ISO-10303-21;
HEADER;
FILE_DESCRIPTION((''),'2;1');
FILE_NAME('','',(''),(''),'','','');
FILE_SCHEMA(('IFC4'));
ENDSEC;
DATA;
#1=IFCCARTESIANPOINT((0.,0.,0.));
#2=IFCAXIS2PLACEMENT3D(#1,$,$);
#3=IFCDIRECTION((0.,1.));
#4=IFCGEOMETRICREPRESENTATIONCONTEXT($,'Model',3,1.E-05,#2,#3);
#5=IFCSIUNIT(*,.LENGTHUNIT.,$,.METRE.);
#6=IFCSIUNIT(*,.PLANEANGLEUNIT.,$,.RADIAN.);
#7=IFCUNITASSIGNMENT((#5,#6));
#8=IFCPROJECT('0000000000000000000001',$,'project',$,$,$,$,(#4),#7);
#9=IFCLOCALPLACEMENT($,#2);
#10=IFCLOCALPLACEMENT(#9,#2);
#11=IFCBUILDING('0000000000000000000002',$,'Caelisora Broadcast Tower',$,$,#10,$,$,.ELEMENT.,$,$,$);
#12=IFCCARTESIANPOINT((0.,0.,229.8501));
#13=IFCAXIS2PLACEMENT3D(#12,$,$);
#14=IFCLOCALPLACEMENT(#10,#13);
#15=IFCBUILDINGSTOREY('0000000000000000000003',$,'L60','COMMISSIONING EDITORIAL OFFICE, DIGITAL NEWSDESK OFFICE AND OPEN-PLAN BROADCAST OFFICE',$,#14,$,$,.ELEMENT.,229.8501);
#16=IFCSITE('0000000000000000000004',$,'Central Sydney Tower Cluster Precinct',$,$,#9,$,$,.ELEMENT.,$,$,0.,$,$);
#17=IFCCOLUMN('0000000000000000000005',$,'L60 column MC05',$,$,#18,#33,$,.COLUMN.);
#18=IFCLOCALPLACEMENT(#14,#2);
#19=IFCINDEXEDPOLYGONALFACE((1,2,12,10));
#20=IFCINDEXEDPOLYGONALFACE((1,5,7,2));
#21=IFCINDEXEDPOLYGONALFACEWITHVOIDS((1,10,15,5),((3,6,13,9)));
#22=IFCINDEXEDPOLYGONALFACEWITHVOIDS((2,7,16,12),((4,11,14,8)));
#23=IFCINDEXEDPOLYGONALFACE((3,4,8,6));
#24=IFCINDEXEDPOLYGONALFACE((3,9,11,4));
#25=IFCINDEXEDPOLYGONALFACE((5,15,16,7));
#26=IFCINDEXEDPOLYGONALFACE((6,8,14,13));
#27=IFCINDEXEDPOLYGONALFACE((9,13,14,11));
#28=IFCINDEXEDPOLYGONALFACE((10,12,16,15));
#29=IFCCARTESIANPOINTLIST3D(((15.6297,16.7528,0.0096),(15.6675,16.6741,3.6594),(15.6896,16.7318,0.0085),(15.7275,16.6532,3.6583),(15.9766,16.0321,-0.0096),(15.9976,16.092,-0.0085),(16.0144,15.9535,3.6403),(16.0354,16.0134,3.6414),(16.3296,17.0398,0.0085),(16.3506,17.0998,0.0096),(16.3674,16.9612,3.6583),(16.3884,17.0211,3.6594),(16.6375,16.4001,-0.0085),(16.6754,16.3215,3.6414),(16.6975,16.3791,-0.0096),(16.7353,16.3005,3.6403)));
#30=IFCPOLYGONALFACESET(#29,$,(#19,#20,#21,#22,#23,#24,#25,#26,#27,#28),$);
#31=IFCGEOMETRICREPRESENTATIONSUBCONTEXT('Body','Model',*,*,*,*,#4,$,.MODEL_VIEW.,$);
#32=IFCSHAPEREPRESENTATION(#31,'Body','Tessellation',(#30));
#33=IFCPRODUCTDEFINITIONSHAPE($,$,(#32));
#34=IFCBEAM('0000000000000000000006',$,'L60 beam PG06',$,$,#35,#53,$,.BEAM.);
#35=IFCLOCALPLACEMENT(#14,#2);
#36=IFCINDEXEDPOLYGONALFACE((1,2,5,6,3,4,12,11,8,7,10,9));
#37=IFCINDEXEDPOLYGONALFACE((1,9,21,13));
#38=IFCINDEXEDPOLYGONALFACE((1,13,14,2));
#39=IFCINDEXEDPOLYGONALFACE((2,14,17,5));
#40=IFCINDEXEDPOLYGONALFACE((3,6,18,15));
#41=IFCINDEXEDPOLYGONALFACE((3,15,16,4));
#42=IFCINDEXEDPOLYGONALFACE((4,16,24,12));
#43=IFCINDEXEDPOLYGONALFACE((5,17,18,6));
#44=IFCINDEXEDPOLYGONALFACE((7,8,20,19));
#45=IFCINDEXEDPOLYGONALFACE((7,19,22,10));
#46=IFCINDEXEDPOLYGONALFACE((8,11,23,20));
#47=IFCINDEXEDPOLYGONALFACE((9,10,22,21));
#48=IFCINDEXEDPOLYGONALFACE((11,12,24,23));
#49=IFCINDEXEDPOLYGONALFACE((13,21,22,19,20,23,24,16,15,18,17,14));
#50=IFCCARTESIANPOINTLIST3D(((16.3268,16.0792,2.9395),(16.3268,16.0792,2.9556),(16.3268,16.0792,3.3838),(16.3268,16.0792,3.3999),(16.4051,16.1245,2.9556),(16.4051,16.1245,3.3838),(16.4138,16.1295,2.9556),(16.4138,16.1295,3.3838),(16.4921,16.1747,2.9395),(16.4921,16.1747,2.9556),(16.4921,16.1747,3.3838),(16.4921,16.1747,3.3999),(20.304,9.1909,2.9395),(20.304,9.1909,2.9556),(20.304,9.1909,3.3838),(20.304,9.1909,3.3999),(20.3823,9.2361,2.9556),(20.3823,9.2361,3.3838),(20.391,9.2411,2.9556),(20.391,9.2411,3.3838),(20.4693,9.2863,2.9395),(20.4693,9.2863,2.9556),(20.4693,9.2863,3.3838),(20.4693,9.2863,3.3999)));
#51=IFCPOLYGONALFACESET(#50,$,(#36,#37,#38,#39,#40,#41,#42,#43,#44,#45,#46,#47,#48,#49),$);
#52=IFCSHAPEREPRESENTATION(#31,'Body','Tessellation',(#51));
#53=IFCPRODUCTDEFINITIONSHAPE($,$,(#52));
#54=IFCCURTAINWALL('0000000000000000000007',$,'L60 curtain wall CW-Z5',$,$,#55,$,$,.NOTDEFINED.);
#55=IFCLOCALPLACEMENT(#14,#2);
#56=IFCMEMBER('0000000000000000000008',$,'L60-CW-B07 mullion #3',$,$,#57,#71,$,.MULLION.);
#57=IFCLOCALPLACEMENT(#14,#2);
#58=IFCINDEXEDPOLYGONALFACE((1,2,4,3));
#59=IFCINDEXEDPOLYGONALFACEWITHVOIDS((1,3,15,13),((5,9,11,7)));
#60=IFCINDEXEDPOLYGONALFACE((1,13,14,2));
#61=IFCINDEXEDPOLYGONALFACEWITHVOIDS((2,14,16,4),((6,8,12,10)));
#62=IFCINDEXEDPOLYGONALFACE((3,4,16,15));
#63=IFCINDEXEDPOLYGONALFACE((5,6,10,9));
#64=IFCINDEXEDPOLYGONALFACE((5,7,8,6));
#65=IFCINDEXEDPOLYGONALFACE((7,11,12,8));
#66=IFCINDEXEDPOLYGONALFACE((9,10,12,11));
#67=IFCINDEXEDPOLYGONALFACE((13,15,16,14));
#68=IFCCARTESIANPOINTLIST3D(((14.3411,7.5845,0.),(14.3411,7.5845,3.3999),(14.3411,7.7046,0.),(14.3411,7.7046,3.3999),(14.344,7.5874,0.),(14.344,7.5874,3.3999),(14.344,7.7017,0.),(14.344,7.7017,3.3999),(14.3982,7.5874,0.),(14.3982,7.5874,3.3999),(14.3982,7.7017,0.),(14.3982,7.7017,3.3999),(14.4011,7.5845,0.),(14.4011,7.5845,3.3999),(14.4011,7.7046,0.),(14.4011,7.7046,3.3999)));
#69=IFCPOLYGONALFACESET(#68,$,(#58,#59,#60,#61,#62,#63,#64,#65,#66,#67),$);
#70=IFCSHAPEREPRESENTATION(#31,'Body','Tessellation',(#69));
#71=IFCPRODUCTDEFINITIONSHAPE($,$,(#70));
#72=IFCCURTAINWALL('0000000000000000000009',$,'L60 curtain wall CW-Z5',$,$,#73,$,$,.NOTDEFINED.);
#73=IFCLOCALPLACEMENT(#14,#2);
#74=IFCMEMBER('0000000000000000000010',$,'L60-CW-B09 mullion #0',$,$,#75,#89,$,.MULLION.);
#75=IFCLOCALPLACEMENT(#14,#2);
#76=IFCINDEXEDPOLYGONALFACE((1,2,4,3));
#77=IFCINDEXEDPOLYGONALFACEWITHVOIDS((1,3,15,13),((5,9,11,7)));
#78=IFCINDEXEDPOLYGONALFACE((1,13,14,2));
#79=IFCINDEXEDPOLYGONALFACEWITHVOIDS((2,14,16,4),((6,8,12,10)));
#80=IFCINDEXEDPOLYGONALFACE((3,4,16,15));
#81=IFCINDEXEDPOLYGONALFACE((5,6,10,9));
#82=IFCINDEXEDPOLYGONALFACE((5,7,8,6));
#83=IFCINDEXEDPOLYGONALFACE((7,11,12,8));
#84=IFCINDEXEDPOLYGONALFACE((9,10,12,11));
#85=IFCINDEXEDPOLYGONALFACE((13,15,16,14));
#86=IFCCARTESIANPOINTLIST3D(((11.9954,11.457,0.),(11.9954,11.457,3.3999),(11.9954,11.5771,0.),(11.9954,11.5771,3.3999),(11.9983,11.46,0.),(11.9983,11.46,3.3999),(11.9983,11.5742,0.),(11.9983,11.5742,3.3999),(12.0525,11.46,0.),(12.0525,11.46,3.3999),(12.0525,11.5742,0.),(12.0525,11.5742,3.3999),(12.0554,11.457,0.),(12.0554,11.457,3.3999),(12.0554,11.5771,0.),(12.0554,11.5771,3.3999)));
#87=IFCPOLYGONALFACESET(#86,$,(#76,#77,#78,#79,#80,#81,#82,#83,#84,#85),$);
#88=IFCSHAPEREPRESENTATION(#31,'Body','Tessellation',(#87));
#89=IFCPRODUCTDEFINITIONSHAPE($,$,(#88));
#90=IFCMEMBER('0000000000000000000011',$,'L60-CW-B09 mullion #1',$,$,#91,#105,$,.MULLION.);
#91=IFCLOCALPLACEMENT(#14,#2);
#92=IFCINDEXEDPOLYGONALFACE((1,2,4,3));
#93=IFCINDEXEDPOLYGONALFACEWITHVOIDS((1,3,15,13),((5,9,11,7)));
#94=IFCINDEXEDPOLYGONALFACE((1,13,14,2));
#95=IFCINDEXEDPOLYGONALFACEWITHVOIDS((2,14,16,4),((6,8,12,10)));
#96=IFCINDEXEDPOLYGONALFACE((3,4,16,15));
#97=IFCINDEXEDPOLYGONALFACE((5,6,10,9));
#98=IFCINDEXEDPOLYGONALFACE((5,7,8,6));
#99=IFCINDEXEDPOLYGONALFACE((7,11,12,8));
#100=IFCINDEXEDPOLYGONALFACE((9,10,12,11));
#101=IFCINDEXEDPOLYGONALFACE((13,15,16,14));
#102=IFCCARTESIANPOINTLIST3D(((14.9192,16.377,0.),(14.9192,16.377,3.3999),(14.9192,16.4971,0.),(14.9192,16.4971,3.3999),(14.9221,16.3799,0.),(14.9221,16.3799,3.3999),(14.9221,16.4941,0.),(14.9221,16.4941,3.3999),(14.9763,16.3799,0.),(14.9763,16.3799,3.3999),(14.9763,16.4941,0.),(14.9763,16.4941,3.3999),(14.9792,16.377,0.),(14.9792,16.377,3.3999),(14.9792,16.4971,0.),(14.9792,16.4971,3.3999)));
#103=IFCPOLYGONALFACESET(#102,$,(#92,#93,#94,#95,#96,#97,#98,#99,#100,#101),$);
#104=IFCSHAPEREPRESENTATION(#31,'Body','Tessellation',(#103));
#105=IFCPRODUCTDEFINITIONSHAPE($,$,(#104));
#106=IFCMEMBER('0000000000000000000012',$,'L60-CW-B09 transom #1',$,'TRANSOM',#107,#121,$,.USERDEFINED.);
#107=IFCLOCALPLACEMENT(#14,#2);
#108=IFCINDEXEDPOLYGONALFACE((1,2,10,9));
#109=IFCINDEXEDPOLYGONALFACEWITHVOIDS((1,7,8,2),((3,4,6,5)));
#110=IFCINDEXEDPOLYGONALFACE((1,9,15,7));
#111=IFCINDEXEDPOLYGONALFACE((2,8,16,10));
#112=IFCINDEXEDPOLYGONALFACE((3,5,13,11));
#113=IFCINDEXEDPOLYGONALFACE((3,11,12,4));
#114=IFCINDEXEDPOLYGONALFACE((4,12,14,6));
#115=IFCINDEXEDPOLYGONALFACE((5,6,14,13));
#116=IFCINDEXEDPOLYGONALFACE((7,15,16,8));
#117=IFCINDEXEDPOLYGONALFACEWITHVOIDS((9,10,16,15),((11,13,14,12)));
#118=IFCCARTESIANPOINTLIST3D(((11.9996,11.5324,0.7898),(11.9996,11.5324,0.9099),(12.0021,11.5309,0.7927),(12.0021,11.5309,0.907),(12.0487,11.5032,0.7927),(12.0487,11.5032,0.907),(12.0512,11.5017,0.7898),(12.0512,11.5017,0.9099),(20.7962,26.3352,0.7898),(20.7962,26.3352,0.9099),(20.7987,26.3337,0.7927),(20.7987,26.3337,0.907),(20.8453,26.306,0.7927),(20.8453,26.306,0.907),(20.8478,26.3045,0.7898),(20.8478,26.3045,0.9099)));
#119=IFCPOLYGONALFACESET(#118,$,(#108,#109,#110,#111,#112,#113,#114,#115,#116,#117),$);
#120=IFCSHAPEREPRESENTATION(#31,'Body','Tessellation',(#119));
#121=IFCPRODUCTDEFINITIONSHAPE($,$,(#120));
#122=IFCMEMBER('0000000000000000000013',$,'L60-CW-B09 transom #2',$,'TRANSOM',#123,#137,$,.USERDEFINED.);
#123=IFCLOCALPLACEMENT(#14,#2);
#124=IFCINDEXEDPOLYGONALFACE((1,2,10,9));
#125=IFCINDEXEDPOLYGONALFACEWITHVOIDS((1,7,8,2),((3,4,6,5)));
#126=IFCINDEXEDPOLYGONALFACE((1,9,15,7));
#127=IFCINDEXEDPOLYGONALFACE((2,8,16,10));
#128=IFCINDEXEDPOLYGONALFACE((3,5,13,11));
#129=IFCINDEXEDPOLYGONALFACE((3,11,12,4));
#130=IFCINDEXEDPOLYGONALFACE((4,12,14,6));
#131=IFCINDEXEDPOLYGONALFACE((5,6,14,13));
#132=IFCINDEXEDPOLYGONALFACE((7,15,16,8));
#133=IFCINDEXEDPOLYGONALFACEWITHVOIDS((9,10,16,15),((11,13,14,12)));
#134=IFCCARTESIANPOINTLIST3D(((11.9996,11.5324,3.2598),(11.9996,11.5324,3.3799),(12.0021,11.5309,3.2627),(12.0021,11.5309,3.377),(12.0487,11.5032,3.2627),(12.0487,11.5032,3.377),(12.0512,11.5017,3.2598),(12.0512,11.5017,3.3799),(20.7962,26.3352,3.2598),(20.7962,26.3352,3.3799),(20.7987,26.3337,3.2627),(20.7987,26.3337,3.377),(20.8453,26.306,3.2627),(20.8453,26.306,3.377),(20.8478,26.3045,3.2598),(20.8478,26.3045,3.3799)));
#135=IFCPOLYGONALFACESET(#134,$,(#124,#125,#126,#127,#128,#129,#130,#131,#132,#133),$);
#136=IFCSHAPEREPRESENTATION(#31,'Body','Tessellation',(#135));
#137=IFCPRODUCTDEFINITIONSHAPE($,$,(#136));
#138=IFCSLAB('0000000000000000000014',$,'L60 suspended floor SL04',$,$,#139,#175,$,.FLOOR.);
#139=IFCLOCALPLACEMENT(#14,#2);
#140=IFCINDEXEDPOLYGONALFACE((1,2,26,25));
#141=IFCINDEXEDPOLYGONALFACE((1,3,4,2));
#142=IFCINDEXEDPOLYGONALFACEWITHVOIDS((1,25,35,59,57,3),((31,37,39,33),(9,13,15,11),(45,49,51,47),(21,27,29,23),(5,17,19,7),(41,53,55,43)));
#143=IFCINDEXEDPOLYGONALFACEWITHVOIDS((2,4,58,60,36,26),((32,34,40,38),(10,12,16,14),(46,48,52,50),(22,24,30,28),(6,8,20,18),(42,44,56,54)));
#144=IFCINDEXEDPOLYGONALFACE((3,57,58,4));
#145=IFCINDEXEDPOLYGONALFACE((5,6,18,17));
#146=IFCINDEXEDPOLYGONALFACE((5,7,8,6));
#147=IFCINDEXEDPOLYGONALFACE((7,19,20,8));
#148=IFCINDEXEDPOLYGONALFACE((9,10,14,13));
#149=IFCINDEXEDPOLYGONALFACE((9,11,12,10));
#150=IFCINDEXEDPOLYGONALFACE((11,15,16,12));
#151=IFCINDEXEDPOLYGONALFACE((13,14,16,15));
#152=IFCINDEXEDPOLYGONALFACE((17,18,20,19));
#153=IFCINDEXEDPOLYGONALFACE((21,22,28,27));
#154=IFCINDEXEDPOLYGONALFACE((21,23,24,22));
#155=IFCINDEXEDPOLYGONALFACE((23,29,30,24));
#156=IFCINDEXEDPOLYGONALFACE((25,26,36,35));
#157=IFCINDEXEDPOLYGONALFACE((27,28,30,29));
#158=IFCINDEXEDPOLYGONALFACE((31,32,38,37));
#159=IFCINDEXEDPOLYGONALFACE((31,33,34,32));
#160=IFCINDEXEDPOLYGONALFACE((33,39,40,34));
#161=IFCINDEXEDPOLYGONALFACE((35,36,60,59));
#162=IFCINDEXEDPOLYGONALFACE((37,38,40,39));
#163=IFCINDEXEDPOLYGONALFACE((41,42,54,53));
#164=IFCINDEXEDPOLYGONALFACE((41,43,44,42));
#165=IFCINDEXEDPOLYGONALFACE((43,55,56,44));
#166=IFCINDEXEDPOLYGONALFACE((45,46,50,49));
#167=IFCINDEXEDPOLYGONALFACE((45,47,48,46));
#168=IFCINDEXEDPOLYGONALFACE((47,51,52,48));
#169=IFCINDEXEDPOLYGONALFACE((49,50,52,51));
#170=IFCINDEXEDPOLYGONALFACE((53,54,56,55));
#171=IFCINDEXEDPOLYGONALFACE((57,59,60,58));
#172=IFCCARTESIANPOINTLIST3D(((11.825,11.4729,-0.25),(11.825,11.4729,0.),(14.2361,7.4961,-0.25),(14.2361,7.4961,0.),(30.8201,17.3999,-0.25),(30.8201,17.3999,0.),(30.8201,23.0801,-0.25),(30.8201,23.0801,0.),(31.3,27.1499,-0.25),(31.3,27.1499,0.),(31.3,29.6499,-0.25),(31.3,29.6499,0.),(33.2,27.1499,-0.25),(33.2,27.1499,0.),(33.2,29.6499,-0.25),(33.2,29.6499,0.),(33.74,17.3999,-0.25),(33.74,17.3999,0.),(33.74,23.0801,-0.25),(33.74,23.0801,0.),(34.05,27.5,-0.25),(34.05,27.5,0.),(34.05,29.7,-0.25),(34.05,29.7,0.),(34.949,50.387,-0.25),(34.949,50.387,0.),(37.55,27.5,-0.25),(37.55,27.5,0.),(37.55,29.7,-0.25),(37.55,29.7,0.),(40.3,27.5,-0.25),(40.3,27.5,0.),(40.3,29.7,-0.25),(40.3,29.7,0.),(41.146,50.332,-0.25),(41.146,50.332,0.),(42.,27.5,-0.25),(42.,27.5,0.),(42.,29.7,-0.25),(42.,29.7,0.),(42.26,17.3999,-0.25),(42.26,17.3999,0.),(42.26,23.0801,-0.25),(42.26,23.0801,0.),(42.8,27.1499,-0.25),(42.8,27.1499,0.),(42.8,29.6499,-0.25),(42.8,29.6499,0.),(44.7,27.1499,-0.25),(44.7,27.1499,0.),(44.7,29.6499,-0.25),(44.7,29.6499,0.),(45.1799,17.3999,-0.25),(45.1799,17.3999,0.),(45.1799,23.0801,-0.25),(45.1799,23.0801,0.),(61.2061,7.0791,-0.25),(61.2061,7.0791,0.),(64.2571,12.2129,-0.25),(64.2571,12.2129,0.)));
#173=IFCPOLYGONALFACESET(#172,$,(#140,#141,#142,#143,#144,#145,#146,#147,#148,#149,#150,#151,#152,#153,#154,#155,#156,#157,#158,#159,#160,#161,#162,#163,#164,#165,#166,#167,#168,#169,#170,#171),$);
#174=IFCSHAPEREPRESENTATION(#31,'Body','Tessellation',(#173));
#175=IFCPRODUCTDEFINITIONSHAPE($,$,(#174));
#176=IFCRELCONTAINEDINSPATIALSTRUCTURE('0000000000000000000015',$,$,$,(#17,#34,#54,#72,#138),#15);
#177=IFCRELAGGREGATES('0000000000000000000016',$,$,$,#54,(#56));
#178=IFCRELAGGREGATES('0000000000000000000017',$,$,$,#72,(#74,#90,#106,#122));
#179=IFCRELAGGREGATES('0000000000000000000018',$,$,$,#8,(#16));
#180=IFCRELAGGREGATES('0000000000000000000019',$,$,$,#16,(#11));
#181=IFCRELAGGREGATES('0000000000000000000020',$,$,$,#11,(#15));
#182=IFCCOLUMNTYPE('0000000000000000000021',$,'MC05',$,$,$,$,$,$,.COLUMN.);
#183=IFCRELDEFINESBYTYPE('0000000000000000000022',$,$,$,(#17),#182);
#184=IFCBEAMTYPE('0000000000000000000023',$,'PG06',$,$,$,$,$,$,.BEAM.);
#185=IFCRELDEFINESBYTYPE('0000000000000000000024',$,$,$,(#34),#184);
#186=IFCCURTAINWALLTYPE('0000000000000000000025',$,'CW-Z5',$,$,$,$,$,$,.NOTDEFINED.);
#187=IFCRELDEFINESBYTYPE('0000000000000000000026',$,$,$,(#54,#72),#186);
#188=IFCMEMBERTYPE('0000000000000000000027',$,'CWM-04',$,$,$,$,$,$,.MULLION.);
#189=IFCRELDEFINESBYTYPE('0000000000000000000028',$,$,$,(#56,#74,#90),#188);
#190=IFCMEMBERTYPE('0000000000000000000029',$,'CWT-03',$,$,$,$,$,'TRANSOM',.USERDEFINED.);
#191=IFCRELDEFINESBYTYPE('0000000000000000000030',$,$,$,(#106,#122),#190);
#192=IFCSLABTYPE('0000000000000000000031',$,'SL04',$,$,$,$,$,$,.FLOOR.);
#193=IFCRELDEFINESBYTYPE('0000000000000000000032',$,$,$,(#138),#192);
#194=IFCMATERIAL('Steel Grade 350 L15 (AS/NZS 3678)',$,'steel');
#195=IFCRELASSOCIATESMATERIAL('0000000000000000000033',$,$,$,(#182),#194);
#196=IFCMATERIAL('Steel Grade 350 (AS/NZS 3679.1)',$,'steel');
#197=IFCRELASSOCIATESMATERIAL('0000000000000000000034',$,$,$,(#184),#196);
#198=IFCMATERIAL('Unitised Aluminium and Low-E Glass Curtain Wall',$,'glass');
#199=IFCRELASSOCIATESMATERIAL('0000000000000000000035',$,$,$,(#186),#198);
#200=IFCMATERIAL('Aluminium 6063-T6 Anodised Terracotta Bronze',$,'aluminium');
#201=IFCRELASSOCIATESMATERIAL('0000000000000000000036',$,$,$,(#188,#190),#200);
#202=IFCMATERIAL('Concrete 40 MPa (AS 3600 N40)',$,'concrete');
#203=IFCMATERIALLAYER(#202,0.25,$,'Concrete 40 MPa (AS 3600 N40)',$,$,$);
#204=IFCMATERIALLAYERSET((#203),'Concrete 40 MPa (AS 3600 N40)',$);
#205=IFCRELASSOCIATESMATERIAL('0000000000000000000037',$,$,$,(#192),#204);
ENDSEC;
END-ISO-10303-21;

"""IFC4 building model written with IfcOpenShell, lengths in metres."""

from ifc_helpers import new_model, si_unit, direction, frame, origin, origin_2d, place, context, subcontext, project, spatial, polyline, hollow_rectangle, i_section, outline, extrude, source, transform, mapped, material, layer, layer_set, material_profile, profile_set, type_object, type_shapes, element, aggregate, save


model = new_model("IFC4")

# Units and contexts
model_context = context("Model", 3, precision=1e-05, world=origin(), true_north=direction((0.0, 1.0)))
body_context = subcontext(model_context, "Body", "Model", "MODEL_VIEW")
ifc_project = project(units=[si_unit("LENGTHUNIT", "METRE"), si_unit("PLANEANGLEUNIT", "RADIAN")], contexts=[model_context])

# Site, building, storey
site_placement = place(None, origin())
site = spatial("IfcSite", under=ifc_project, at=site_placement, Name="Central Sydney Tower Cluster Precinct", CompositionType="ELEMENT", RefElevation=0.0)
building_placement = place(site_placement, origin())
building = spatial("IfcBuilding", under=site, at=building_placement, Name="Caelisora Broadcast Tower", CompositionType="ELEMENT")
storey_placement = place(building_placement, frame((0.0, 0.0, 229.8501)))
storey = spatial("IfcBuildingStorey", under=building, at=storey_placement, Name="L60", Description="COMMISSIONING EDITORIAL OFFICE, DIGITAL NEWSDESK OFFICE AND OPEN-PLAN BROADCAST OFFICE", CompositionType="ELEMENT", Elevation=229.8501)

# Column
ifc_material_1 = material(Name="Steel Grade 350 L15 (AS/NZS 3678)", Category="steel")
ifc_material_profile_1 = material_profile(ifc_material_1, hollow_rectangle(XDim=0.8, YDim=0.8, WallThickness=0.0449, at=origin_2d()), Name="Steel Grade 350 L15 (AS/NZS 3678)")
ifc_profile_set_1 = profile_set([ifc_material_profile_1], Name="Steel Grade 350 L15 (AS/NZS 3678)")
column_type = type_object("IfcColumnType", Name="MC05", PredefinedType="COLUMN", material=ifc_profile_set_1)
shared_shape_1 = source(origin(), body_context, "Body", "SweptSolid", [
    extrude(hollow_rectangle(XDim=0.8, YDim=0.8, WallThickness=0.0449, at=origin_2d()), origin(), (0.0, 0.0, 1.0), 3.6509),
])
type_shapes(column_type, [shared_shape_1])
column_placement = place(storey_placement, frame((16.1636, 16.5659, 0.0), z_axis=(0.010365, -0.021532, 0.999714), x_axis=(0.901042, 0.433731, 0.0)))
element("IfcColumn", 1, at=column_placement, inside=storey, type_object=column_type, Name="L60 column MC05", PredefinedType="COLUMN", context=body_context, shape_type="MappedRepresentation", body=[
    mapped(shared_shape_1, transform((0.0, 0.0, 0.0), scale=1.0)),
])

# Beam
ifc_material_2 = material(Name="Steel Grade 350 (AS/NZS 3679.1)", Category="steel")
ifc_material_profile_2 = material_profile(ifc_material_2, i_section(OverallWidth=0.1909, OverallDepth=0.4604, WebThickness=0.01, FlangeThickness=0.0161, at=origin_2d()), Name="Steel Grade 350 (AS/NZS 3679.1)")
ifc_profile_set_2 = profile_set([ifc_material_profile_2], Name="Steel Grade 350 (AS/NZS 3679.1)")
beam_type = type_object("IfcBeamType", Name="PG06", PredefinedType="BEAM", material=ifc_profile_set_2)
shared_shape_2 = source(origin(), body_context, "Body", "SweptSolid", [
    extrude(i_section(OverallWidth=0.1909, OverallDepth=0.4604, WebThickness=0.01, FlangeThickness=0.0161, at=origin_2d()), origin(), (0.0, 0.0, 1.0), 7.9541),
])
type_shapes(beam_type, [shared_shape_2])
beam_placement = place(storey_placement, frame((16.4094, 16.127, 3.1697), z_axis=(0.500024, -0.866011, 0.0), x_axis=(0.866011, 0.500024, 0.0)))
element("IfcBeam", 2, at=beam_placement, inside=storey, type_object=beam_type, Name="L60 beam PG06", PredefinedType="BEAM", context=body_context, shape_type="MappedRepresentation", body=[
    mapped(shared_shape_2, transform((0.0, 0.0, 0.0), scale=1.0)),
])

# Curtain wall, member
ifc_material_3 = material(Name="Unitised Aluminium and Low-E Glass Curtain Wall", Category="glass")
curtain_wall_type = type_object("IfcCurtainWallType", Name="CW-Z5", PredefinedType="NOTDEFINED", material=ifc_material_3)
curtain_wall_1_placement = place(storey_placement, origin())
curtain_wall_1 = element("IfcCurtainWall", 3, at=curtain_wall_1_placement, inside=storey, type_object=curtain_wall_type, Name="L60 curtain wall CW-Z5", PredefinedType="NOTDEFINED")
ifc_material_4 = material(Name="Aluminium 6063-T6 Anodised Terracotta Bronze", Category="aluminium")
ifc_material_profile_3 = material_profile(ifc_material_4, hollow_rectangle(XDim=0.0601, YDim=0.1201, WallThickness=0.0029, at=origin_2d()), Name="Aluminium 6063-T6 Anodised Terracotta Bronze")
ifc_profile_set_3 = profile_set([ifc_material_profile_3], Name="Aluminium 6063-T6 Anodised Terracotta Bronze")
member_type_1 = type_object("IfcMemberType", Name="CWM-04", PredefinedType="MULLION", material=ifc_profile_set_3)
shared_shape_3 = source(origin(), body_context, "Body", "SweptSolid", [
    extrude(hollow_rectangle(XDim=0.0601, YDim=0.1201, WallThickness=0.0029, at=origin_2d()), origin(), (0.0, 0.0, 1.0), 3.3999),
])
type_shapes(member_type_1, [shared_shape_3])
member_1_placement = place(storey_placement, frame((14.3711, 7.6445, 0.0), z_axis=(0.0, 0.0, 1.0), x_axis=(1.0, 0.0, 0.0)))
member_1 = element("IfcMember", 4, at=member_1_placement, type_object=member_type_1, Name="L60-CW-B07 mullion #3", PredefinedType="MULLION", context=body_context, shape_type="MappedRepresentation", body=[
    mapped(shared_shape_3, transform((0.0, 0.0, 0.0), scale=1.0)),
])

# Curtain wall, members
curtain_wall_2_placement = place(storey_placement, origin())
curtain_wall_2 = element("IfcCurtainWall", 5, at=curtain_wall_2_placement, inside=storey, type_object=curtain_wall_type, Name="L60 curtain wall CW-Z5", PredefinedType="NOTDEFINED")
member_2_placement = place(storey_placement, frame((12.0254, 11.5171, 0.0), z_axis=(0.0, 0.0, 1.0), x_axis=(1.0, 0.0, 0.0)))
member_2 = element("IfcMember", 6, at=member_2_placement, type_object=member_type_1, Name="L60-CW-B09 mullion #0", PredefinedType="MULLION", context=body_context, shape_type="MappedRepresentation", body=[
    mapped(shared_shape_3, transform((0.0, 0.0, 0.0), scale=1.0)),
])
member_3_placement = place(storey_placement, frame((14.9492, 16.437, 0.0), z_axis=(0.0, 0.0, 1.0), x_axis=(1.0, 0.0, 0.0)))
member_3 = element("IfcMember", 7, at=member_3_placement, type_object=member_type_1, Name="L60-CW-B09 mullion #1", PredefinedType="MULLION", context=body_context, shape_type="MappedRepresentation", body=[
    mapped(shared_shape_3, transform((0.0, 0.0, 0.0), scale=1.0)),
])
ifc_material_profile_4 = material_profile(ifc_material_4, hollow_rectangle(XDim=0.0601, YDim=0.1201, WallThickness=0.0029, at=origin_2d()), Name="Aluminium 6063-T6 Anodised Terracotta Bronze")
ifc_profile_set_4 = profile_set([ifc_material_profile_4], Name="Aluminium 6063-T6 Anodised Terracotta Bronze")
member_type_2 = type_object("IfcMemberType", Name="CWT-03", ElementType="TRANSOM", PredefinedType="USERDEFINED", material=ifc_profile_set_4)
shared_shape_4 = source(origin(), body_context, "Body", "SweptSolid", [
    extrude(hollow_rectangle(XDim=0.0601, YDim=0.1201, WallThickness=0.0029, at=origin_2d()), origin(), (0.0, 0.0, 1.0), 17.2192),
])
type_shapes(member_type_2, [shared_shape_4])
member_4_placement = place(storey_placement, frame((12.0254, 11.5171, 0.8499), z_axis=(0.510861, 0.859663, 0.0), x_axis=(-0.859663, 0.510861, 0.0)))
member_4 = element("IfcMember", 8, at=member_4_placement, type_object=member_type_2, Name="L60-CW-B09 transom #1", ObjectType="TRANSOM", PredefinedType="USERDEFINED", context=body_context, shape_type="MappedRepresentation", body=[
    mapped(shared_shape_4, transform((0.0, 0.0, 0.0), scale=1.0)),
])
member_5_placement = place(storey_placement, frame((12.0254, 11.5171, 3.3198), z_axis=(0.510861, 0.859663, 0.0), x_axis=(-0.859663, 0.510861, 0.0)))
member_5 = element("IfcMember", 9, at=member_5_placement, type_object=member_type_2, Name="L60-CW-B09 transom #2", ObjectType="TRANSOM", PredefinedType="USERDEFINED", context=body_context, shape_type="MappedRepresentation", body=[
    mapped(shared_shape_4, transform((0.0, 0.0, 0.0), scale=1.0)),
])

# Slab
ifc_material_5 = material(Name="Concrete 40 MPa (AS 3600 N40)", Category="concrete")
ifc_layer_1 = layer(ifc_material_5, 0.25, Name="Concrete 40 MPa (AS 3600 N40)")
ifc_layer_set_1 = layer_set([ifc_layer_1], Name="Concrete 40 MPa (AS 3600 N40)")
slab_type_1 = type_object("IfcSlabType", Name="SL04", PredefinedType="FLOOR", material=ifc_layer_set_1)
slab_1_placement = place(storey_placement, frame((0.0, 0.0, -0.25)))
element("IfcSlab", 10, at=slab_1_placement, inside=storey, type_object=slab_type_1, Name="L60 suspended floor SL04", PredefinedType="FLOOR", context=body_context, shape_type="SweptSolid", body=[
    extrude(outline(polyline([(41.146, 50.332), (34.949, 50.387), (11.825, 11.4729), (14.2361, 7.4961), (61.2061, 7.0791), (64.2571, 12.2129), (41.146, 50.332)]), holes=[polyline([(30.8201, 17.3999), (33.74, 17.3999), (33.74, 23.0801), (30.8201, 23.0801), (30.8201, 17.3999)]), polyline([(42.26, 17.3999), (45.1799, 17.3999), (45.1799, 23.0801), (42.26, 23.0801), (42.26, 17.3999)]), polyline([(42.8, 27.1499), (44.7, 27.1499), (44.7, 29.6499), (42.8, 29.6499), (42.8, 27.1499)]), polyline([(40.3, 27.5), (42.0, 27.5), (42.0, 29.7), (40.3, 29.7), (40.3, 27.5)]), polyline([(34.05, 27.5), (37.55, 27.5), (37.55, 29.7), (34.05, 29.7), (34.05, 27.5)]), polyline([(31.3, 27.1499), (33.2, 27.1499), (33.2, 29.6499), (31.3, 29.6499), (31.3, 27.1499)])]), origin(), (0.0, 0.0, 1.0), 0.25),
])

aggregate(curtain_wall_1, [member_1])
aggregate(curtain_wall_2, [member_2, member_3, member_4, member_5])

save(model, "model.ifc")
